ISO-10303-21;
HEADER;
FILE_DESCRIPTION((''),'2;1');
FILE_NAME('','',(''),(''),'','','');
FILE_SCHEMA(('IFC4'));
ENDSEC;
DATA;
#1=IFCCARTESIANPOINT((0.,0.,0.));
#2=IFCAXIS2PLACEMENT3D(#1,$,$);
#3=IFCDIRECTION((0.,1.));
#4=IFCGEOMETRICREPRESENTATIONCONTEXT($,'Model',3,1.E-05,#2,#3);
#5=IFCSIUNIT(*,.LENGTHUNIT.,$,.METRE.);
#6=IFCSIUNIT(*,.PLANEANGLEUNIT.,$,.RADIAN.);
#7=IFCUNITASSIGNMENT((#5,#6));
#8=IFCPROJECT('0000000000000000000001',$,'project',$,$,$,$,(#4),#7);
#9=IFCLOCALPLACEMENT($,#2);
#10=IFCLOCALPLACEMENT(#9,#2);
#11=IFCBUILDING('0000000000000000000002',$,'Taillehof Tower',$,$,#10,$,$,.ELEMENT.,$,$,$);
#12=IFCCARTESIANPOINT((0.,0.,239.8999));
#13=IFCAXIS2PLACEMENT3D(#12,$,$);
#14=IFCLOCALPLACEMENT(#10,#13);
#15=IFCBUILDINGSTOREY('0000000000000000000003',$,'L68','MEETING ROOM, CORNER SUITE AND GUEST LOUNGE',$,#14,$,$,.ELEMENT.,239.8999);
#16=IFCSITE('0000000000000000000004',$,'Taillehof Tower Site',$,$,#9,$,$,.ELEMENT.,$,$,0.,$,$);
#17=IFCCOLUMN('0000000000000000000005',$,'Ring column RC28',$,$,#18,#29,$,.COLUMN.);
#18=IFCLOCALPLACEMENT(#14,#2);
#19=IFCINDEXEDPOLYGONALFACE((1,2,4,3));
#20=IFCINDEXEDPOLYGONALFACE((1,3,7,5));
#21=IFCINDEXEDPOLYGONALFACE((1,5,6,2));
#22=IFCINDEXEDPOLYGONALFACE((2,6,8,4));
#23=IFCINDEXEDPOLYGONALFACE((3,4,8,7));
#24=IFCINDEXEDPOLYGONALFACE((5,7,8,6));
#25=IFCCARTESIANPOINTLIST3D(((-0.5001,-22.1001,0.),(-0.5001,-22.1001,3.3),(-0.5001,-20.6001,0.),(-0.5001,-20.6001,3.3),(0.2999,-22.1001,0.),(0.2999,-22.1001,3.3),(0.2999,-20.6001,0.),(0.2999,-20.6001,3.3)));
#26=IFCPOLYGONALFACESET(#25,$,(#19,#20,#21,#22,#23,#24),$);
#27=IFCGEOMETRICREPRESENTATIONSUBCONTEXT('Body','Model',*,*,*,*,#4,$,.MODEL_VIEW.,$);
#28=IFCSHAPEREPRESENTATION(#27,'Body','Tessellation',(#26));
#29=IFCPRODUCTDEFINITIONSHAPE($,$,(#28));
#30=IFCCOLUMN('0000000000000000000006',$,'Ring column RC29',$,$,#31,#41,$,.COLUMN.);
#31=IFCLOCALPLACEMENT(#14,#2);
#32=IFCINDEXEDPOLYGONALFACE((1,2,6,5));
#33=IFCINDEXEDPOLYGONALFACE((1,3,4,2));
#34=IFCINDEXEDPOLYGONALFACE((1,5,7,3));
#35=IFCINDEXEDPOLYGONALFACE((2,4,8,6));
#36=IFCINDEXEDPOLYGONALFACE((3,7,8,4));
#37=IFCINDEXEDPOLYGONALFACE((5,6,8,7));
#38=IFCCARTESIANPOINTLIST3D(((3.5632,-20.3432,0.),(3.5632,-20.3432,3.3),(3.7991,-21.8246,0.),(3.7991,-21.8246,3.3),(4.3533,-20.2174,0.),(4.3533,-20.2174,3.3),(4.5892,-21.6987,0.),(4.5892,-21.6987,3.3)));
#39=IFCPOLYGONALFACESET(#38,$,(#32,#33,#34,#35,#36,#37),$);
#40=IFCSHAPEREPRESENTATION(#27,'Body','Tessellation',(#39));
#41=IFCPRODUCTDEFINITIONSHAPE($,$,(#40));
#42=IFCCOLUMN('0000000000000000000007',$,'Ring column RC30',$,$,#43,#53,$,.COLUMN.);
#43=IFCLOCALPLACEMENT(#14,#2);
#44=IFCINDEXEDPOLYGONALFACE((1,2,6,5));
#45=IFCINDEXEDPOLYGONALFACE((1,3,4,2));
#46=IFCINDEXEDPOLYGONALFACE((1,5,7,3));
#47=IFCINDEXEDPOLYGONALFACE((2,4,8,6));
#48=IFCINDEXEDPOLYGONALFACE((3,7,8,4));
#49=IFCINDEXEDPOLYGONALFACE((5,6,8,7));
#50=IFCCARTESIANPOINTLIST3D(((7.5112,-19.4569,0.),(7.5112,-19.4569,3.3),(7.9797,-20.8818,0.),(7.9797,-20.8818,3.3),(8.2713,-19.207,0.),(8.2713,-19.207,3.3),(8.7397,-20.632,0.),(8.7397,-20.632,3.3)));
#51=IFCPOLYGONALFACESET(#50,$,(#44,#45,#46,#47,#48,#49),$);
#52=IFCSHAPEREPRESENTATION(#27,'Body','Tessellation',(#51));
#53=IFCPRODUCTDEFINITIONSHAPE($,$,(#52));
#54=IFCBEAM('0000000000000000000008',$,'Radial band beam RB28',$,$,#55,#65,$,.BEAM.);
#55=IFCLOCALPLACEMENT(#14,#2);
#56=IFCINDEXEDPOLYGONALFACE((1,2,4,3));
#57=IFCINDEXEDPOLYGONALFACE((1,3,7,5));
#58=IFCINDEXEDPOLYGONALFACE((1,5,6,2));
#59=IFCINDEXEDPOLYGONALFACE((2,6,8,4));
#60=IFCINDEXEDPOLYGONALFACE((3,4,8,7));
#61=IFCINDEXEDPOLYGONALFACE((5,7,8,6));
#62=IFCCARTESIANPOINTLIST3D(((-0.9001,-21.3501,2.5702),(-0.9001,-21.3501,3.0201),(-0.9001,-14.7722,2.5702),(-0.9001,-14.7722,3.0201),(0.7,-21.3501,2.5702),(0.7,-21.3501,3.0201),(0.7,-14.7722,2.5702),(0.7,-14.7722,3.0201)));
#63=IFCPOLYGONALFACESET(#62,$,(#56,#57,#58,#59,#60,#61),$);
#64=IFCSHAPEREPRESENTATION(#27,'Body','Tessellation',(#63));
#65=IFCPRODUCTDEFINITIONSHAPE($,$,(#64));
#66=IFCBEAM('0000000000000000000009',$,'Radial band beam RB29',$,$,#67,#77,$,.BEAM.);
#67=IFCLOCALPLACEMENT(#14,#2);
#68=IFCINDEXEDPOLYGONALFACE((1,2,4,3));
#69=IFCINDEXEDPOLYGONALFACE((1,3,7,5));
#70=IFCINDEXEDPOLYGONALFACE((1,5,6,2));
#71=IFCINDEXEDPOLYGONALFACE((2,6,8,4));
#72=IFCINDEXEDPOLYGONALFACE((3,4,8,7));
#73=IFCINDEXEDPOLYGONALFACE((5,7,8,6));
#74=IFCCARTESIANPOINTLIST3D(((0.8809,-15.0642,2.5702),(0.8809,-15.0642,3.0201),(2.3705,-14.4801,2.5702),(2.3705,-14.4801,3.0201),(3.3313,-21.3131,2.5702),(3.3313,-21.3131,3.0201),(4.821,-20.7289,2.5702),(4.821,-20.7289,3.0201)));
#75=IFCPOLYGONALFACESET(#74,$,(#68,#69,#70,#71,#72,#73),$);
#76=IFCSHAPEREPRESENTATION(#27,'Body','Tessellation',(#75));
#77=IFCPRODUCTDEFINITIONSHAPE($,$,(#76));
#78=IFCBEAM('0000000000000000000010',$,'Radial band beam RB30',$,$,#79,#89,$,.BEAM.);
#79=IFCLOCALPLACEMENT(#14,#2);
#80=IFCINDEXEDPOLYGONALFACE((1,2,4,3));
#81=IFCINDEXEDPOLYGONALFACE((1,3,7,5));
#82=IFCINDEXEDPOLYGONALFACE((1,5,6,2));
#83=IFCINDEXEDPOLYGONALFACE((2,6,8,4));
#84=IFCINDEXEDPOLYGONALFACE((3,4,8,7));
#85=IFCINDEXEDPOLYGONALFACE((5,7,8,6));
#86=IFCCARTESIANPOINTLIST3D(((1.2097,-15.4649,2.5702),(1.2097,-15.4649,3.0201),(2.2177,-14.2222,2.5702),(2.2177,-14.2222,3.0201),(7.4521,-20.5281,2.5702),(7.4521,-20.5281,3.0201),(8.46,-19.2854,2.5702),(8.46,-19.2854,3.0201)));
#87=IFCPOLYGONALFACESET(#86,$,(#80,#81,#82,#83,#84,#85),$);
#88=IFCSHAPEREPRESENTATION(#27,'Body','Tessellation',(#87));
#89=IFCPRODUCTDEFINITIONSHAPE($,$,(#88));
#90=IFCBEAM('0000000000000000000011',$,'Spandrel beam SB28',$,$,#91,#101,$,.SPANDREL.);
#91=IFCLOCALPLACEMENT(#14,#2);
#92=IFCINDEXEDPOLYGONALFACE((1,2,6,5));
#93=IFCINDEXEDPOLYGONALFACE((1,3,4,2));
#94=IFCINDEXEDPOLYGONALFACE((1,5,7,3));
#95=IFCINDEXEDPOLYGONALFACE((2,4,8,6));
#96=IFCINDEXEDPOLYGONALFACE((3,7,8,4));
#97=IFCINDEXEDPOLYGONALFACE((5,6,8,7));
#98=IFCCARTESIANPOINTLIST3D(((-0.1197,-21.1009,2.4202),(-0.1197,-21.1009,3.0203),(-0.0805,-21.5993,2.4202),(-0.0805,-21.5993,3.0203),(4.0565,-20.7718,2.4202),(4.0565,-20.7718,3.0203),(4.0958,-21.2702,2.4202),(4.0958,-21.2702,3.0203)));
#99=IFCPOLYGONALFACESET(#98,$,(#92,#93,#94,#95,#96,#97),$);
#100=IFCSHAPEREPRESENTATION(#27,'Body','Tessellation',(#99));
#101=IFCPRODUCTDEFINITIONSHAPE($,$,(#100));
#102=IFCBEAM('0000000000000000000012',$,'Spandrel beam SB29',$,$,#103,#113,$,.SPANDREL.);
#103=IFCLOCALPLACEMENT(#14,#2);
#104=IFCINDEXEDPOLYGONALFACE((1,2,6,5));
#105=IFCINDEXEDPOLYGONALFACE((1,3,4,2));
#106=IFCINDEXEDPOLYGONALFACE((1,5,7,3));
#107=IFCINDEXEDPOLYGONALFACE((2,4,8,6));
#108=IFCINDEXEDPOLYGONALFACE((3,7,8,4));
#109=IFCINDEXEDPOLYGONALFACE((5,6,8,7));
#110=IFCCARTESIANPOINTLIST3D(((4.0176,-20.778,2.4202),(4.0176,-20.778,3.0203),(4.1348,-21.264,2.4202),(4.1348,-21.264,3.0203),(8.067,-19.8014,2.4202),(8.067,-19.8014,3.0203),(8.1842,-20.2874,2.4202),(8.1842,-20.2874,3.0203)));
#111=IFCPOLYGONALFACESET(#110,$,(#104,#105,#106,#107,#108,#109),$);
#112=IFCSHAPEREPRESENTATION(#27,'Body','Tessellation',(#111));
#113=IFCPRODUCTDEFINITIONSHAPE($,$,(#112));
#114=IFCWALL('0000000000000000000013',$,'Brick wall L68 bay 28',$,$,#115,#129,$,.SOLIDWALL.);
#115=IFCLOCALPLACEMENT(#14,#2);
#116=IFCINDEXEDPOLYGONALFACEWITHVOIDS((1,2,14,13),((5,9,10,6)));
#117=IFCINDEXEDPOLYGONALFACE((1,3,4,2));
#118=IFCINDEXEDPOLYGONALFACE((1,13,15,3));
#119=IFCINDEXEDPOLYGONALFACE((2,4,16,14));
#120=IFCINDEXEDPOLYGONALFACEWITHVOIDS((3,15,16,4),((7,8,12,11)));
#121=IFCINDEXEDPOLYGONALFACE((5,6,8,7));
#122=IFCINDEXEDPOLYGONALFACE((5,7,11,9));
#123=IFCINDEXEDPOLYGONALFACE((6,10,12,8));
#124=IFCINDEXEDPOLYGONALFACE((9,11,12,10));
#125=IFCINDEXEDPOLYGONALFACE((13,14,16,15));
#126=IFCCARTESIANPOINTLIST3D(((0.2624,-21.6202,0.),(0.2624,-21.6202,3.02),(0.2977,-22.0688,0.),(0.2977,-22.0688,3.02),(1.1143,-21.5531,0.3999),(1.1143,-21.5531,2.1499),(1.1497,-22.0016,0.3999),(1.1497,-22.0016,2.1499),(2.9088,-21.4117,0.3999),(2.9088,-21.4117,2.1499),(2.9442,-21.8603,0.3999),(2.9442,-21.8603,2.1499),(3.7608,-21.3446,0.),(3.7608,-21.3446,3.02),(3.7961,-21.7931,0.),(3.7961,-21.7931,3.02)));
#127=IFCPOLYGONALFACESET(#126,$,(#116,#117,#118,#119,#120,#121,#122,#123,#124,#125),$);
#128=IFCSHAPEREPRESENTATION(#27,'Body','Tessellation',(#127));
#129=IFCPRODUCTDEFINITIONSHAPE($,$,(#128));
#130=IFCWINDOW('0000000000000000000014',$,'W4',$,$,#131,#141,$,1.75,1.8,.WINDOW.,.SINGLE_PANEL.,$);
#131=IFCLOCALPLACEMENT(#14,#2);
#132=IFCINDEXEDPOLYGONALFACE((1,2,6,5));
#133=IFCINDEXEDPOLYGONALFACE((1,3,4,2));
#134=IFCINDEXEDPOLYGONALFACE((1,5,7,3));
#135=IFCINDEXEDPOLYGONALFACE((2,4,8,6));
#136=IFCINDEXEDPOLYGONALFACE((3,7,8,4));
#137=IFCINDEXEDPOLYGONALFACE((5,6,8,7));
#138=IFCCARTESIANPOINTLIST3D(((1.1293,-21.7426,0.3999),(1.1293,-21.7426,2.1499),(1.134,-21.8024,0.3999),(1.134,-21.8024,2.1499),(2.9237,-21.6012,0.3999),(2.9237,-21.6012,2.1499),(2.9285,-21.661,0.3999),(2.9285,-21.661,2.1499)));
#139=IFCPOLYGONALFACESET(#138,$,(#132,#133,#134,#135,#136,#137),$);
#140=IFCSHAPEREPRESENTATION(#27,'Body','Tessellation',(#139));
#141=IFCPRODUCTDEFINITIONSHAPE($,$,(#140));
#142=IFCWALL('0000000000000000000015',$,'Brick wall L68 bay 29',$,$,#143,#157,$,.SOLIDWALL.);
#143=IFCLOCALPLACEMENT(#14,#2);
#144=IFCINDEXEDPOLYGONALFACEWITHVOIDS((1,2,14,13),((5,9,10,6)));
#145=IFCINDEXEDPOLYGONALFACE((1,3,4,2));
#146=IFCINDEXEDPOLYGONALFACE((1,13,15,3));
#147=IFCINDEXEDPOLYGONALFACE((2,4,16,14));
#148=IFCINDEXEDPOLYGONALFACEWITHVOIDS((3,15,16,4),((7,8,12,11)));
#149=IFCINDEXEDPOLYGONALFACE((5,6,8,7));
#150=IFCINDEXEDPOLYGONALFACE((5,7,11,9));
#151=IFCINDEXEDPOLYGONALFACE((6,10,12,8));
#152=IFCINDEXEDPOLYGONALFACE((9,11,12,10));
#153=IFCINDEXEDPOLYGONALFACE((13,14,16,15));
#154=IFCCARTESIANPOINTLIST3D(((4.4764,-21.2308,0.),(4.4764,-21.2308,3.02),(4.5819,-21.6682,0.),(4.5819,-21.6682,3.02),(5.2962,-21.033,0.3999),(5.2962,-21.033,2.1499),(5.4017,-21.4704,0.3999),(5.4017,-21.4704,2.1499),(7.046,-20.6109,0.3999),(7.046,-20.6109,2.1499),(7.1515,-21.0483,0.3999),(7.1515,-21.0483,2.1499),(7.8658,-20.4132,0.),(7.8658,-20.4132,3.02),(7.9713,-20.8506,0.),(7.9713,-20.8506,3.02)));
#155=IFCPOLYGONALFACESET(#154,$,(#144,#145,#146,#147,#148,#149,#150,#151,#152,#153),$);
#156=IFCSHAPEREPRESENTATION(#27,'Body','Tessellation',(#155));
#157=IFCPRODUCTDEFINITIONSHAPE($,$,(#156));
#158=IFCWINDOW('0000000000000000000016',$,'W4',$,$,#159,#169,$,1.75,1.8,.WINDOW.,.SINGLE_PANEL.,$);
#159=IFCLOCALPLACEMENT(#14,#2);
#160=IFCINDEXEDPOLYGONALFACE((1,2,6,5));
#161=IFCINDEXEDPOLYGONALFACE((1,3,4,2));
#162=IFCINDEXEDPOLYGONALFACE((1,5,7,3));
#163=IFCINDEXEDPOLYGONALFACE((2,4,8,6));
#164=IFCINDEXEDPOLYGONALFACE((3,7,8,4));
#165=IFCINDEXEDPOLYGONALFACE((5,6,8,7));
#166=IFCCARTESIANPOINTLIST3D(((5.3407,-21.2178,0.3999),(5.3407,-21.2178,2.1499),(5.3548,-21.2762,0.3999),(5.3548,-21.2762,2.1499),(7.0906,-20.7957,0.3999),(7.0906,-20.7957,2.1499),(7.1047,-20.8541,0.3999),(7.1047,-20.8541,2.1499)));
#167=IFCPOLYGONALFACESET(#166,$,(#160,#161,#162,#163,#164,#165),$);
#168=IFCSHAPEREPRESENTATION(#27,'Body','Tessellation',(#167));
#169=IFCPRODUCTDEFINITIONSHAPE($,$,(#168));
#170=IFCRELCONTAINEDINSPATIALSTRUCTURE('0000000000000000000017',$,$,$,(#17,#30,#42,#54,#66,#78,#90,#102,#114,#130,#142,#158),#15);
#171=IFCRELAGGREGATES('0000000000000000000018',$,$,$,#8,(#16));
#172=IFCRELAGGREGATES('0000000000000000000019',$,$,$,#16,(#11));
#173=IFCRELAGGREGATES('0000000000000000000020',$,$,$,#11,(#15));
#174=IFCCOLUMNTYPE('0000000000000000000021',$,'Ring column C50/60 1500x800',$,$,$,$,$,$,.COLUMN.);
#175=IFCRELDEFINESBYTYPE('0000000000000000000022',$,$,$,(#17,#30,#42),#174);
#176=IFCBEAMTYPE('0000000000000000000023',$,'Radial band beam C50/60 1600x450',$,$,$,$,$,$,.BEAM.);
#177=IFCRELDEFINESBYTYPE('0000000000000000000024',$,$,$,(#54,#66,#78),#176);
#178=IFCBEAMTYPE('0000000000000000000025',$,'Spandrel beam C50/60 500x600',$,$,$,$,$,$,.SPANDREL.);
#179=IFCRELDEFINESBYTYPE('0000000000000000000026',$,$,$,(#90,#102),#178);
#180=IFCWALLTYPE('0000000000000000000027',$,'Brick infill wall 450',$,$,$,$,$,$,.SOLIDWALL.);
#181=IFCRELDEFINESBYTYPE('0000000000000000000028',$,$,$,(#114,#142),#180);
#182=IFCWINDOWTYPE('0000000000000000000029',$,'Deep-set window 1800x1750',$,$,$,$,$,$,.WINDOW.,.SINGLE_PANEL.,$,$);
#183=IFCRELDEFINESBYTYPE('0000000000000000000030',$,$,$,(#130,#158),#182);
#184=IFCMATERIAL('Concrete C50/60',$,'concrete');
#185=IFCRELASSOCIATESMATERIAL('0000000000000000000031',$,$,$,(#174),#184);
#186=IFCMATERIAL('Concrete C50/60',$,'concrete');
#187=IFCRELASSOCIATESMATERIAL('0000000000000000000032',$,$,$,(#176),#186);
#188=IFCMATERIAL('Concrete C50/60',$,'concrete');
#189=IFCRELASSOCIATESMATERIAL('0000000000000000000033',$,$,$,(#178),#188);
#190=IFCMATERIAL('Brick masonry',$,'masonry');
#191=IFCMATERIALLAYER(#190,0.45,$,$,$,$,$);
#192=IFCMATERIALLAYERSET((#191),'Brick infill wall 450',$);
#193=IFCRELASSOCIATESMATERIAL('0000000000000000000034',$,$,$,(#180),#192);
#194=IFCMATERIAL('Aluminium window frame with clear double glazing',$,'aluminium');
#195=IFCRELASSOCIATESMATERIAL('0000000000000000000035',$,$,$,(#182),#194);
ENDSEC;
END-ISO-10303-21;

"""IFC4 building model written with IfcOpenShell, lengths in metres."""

from ifc_helpers import new_model, si_unit, direction, frame, frame_2d, origin, origin_2d, place, context, subcontext, project, spatial, rectangle, extrude, material, layer, layer_set, material_profile, profile_set, type_object, element, fill, save


model = new_model("IFC4")

# Units and contexts
model_context = context("Model", 3, precision=1e-05, world=origin(), true_north=direction((0.0, 1.0)))
body_context = subcontext(model_context, "Body", "Model", "MODEL_VIEW")
ifc_project = project(units=[si_unit("LENGTHUNIT", "METRE"), si_unit("PLANEANGLEUNIT", "RADIAN")], contexts=[model_context])

# Site, building, storey
site_placement = place(None, origin())
site = spatial("IfcSite", under=ifc_project, at=site_placement, Name="Taillehof Tower Site", CompositionType="ELEMENT", RefElevation=0.0)
building_placement = place(site_placement, origin())
building = spatial("IfcBuilding", under=site, at=building_placement, Name="Taillehof Tower", CompositionType="ELEMENT")
storey_placement = place(building_placement, frame((0.0, 0.0, 239.8999)))
storey = spatial("IfcBuildingStorey", under=building, at=storey_placement, Name="L68", Description="MEETING ROOM, CORNER SUITE AND GUEST LOUNGE", CompositionType="ELEMENT", Elevation=239.8999)

# Columns
ifc_material_1 = material(Name="Concrete C50/60", Category="concrete")
ifc_material_profile_1 = material_profile(ifc_material_1, rectangle(XDim=1.5, YDim=0.8, at=origin_2d()), Name="RC 1500x800")
ifc_profile_set_1 = profile_set([ifc_material_profile_1], Name="Concrete C50/60")
column_type = type_object("IfcColumnType", Name="Ring column C50/60 1500x800", PredefinedType="COLUMN", material=ifc_profile_set_1)
for number, where, z_axis, x_axis, name in (
    (1, (-0.1001, -21.3501, 0.0), (0.0, 0.0, 1.0), (0.0, -1.0, 0.0), "Ring column RC28"),
    (2, (4.0762, -21.021, 0.0), (0.0, 0.0, 1.0), (0.157281, -0.987554, 0.0), "Ring column RC29"),
    (3, (8.1255, -20.0444, 0.0), (0.0, 0.0, 1.0), (0.312304, -0.949982, 0.0), "Ring column RC30"),
):
    element("IfcColumn", number, at=place(storey_placement, frame(where, z_axis=z_axis, x_axis=x_axis)), inside=storey, type_object=column_type, Name=name, PredefinedType="COLUMN", context=body_context, shape_type="SweptSolid", body=[
        extrude(rectangle(XDim=1.5, YDim=0.8, at=origin_2d()), origin(), (0.0, 0.0, 1.0), 3.3),
    ])

# Beams
ifc_material_2 = material(Name="Concrete C50/60", Category="concrete")
ifc_material_profile_2 = material_profile(ifc_material_2, rectangle(XDim=1.6001, YDim=0.45, at=origin_2d()), Name="RC 1600x450")
ifc_profile_set_2 = profile_set([ifc_material_profile_2], Name="Concrete C50/60")
beam_type_1 = type_object("IfcBeamType", Name="Radial band beam C50/60 1600x450", PredefinedType="BEAM", material=ifc_profile_set_2)
beam_1_placement = place(storey_placement, frame((-0.1001, -21.3501, 2.7952), z_axis=(0.0, 1.0, 0.0), x_axis=(-1.0, 0.0, 0.0)))
element("IfcBeam", 4, at=beam_1_placement, inside=storey, type_object=beam_type_1, Name="Radial band beam RB28", PredefinedType="BEAM", context=body_context, shape_type="SweptSolid", body=[
    extrude(rectangle(XDim=1.6001, YDim=0.45, at=origin_2d()), origin(), (0.0, 0.0, 1.0), 6.5779),
])
beam_2_placement = place(storey_placement, frame((4.0762, -21.021, 2.7952), z_axis=(-0.365079, 0.930976, 0.0), x_axis=(-0.930976, -0.365079, 0.0)))
element("IfcBeam", 5, at=beam_2_placement, inside=storey, type_object=beam_type_1, Name="Radial band beam RB29", PredefinedType="BEAM", context=body_context, shape_type="SweptSolid", body=[
    extrude(rectangle(XDim=1.6001, YDim=0.45, at=origin_2d()), origin(), (0.0, 0.0, 1.0), 6.7122),
])
beam_3_placement = place(storey_placement, frame((7.9561, -19.9067, 2.7952), z_axis=(-0.776646, 0.629937, 0.0), x_axis=(-0.629937, -0.776646, 0.0)))
element("IfcBeam", 6, at=beam_3_placement, inside=storey, type_object=beam_type_1, Name="Radial band beam RB30", PredefinedType="BEAM", context=body_context, shape_type="SweptSolid", body=[
    extrude(rectangle(XDim=1.6001, YDim=0.45, at=origin_2d()), origin(), (0.0, 0.0, 1.0), 8.0376),
])
ifc_material_3 = material(Name="Concrete C50/60", Category="concrete")
ifc_material_profile_3 = material_profile(ifc_material_3, rectangle(XDim=0.5, YDim=0.6001, at=origin_2d()), Name="RC 500x600")
ifc_profile_set_3 = profile_set([ifc_material_profile_3], Name="Concrete C50/60")
beam_type_2 = type_object("IfcBeamType", Name="Spandrel beam C50/60 500x600", PredefinedType="SPANDREL", material=ifc_profile_set_3)
beam_4_placement = place(storey_placement, frame((-0.1001, -21.3501, 2.7202), z_axis=(0.996909, 0.078559, 0.0), x_axis=(-0.078559, 0.996909, 0.0)))
element("IfcBeam", 7, at=beam_4_placement, inside=storey, type_object=beam_type_2, Name="Spandrel beam SB28", PredefinedType="SPANDREL", context=body_context, shape_type="SweptSolid", body=[
    extrude(rectangle(XDim=0.5, YDim=0.6001, at=origin_2d()), origin(), (0.0, 0.0, 1.0), 4.1892),
])
beam_5_placement = place(storey_placement, frame((4.0762, -21.021, 2.7202), z_axis=(0.972129, 0.234446, 0.0), x_axis=(-0.234446, 0.972129, 0.0)))
element("IfcBeam", 8, at=beam_5_placement, inside=storey, type_object=beam_type_2, Name="Spandrel beam SB29", PredefinedType="SPANDREL", context=body_context, shape_type="SweptSolid", body=[
    extrude(rectangle(XDim=0.5, YDim=0.6001, at=origin_2d()), origin(), (0.0, 0.0, 1.0), 4.1655),
])

# Walls, openings, windows
ifc_material_4 = material(Name="Brick masonry", Category="masonry")
ifc_layer = layer(ifc_material_4, 0.45)
ifc_layer_set = layer_set([ifc_layer], Name="Brick infill wall 450")
wall_type = type_object("IfcWallType", Name="Brick infill wall 450", PredefinedType="SOLIDWALL", material=ifc_layer_set)
wall_1_placement = place(storey_placement, frame((0.28, -21.8445, 0.0), z_axis=(0.0, 0.0, 1.0), x_axis=(0.996911, 0.078542, 0.0)))
wall_1 = element("IfcWall", 9, at=wall_1_placement, inside=storey, type_object=wall_type, Name="Brick wall L68 bay 28", PredefinedType="SOLIDWALL", context=body_context, shape_type="SweptSolid", body=[
    extrude(rectangle(XDim=3.5093, YDim=0.45, at=frame_2d((1.7546, 0.0))), origin(), (0.0, 0.0, 1.0), 3.02),
])
opening_1_placement = place(wall_1_placement, frame((0.8547, 0.0, 0.3999)))
opening_1 = element("IfcOpeningElement", 10, at=opening_1_placement, cuts=wall_1, PredefinedType="OPENING", context=body_context, shape_type="SweptSolid", body=[
    extrude(rectangle(XDim=1.8, YDim=1.75, at=frame_2d((0.8999, 0.875))), frame((0.0, 0.2349, 0.0), z_axis=(0.0, -1.0, 0.0), x_axis=(1.0, 0.0, 0.0)), (0.0, 0.0, 1.0), 0.47),
])
ifc_material_5 = material(Name="Aluminium window frame with clear double glazing", Category="aluminium")
window_type = type_object("IfcWindowType", Name="Deep-set window 1800x1750", PartitioningType="SINGLE_PANEL", PredefinedType="WINDOW", material=ifc_material_5)
window_1_placement = place(opening_1_placement, origin())
window_1 = element("IfcWindow", 11, at=window_1_placement, inside=storey, type_object=window_type, Name="W4", OverallHeight=1.75, OverallWidth=1.8, PartitioningType="SINGLE_PANEL", PredefinedType="WINDOW", context=body_context, shape_type="SweptSolid", body=[
    extrude(rectangle(XDim=1.8, YDim=1.75, at=frame_2d((0.8999, 0.875))), frame((0.0, 0.0349, 0.0), z_axis=(0.0, -1.0, 0.0), x_axis=(1.0, 0.0, 0.0)), (0.0, 0.0, 1.0), 0.0601),
])
fill(opening_1, window_1)
wall_2_placement = place(storey_placement, frame((4.5293, -21.4495, 0.0), z_axis=(0.0, 0.0, 1.0), x_axis=(0.972115, 0.234504, 0.0)))
wall_2 = element("IfcWall", 12, at=wall_2_placement, inside=storey, type_object=wall_type, Name="Brick wall L68 bay 29", PredefinedType="SOLIDWALL", context=body_context, shape_type="SweptSolid", body=[
    extrude(rectangle(XDim=3.4866, YDim=0.45, at=frame_2d((1.7432, 0.0))), origin(), (0.0, 0.0, 1.0), 3.02),
])
opening_2_placement = place(wall_2_placement, frame((0.8433, 0.0, 0.3999)))
opening_2 = element("IfcOpeningElement", 13, at=opening_2_placement, cuts=wall_2, PredefinedType="OPENING", context=body_context, shape_type="SweptSolid", body=[
    extrude(rectangle(XDim=1.8, YDim=1.75, at=frame_2d((0.8999, 0.875))), frame((0.0, 0.2349, 0.0), z_axis=(0.0, -1.0, 0.0), x_axis=(1.0, 0.0, 0.0)), (0.0, 0.0, 1.0), 0.47),
])
window_2_placement = place(opening_2_placement, origin())
window_2 = element("IfcWindow", 14, at=window_2_placement, inside=storey, type_object=window_type, Name="W4", OverallHeight=1.75, OverallWidth=1.8, PartitioningType="SINGLE_PANEL", PredefinedType="WINDOW", context=body_context, shape_type="SweptSolid", body=[
    extrude(rectangle(XDim=1.8, YDim=1.75, at=frame_2d((0.8999, 0.875))), frame((0.0, 0.0349, 0.0), z_axis=(0.0, -1.0, 0.0), x_axis=(1.0, 0.0, 0.0)), (0.0, 0.0, 1.0), 0.0601),
])
fill(opening_2, window_2)

save(model, "model.ifc")
